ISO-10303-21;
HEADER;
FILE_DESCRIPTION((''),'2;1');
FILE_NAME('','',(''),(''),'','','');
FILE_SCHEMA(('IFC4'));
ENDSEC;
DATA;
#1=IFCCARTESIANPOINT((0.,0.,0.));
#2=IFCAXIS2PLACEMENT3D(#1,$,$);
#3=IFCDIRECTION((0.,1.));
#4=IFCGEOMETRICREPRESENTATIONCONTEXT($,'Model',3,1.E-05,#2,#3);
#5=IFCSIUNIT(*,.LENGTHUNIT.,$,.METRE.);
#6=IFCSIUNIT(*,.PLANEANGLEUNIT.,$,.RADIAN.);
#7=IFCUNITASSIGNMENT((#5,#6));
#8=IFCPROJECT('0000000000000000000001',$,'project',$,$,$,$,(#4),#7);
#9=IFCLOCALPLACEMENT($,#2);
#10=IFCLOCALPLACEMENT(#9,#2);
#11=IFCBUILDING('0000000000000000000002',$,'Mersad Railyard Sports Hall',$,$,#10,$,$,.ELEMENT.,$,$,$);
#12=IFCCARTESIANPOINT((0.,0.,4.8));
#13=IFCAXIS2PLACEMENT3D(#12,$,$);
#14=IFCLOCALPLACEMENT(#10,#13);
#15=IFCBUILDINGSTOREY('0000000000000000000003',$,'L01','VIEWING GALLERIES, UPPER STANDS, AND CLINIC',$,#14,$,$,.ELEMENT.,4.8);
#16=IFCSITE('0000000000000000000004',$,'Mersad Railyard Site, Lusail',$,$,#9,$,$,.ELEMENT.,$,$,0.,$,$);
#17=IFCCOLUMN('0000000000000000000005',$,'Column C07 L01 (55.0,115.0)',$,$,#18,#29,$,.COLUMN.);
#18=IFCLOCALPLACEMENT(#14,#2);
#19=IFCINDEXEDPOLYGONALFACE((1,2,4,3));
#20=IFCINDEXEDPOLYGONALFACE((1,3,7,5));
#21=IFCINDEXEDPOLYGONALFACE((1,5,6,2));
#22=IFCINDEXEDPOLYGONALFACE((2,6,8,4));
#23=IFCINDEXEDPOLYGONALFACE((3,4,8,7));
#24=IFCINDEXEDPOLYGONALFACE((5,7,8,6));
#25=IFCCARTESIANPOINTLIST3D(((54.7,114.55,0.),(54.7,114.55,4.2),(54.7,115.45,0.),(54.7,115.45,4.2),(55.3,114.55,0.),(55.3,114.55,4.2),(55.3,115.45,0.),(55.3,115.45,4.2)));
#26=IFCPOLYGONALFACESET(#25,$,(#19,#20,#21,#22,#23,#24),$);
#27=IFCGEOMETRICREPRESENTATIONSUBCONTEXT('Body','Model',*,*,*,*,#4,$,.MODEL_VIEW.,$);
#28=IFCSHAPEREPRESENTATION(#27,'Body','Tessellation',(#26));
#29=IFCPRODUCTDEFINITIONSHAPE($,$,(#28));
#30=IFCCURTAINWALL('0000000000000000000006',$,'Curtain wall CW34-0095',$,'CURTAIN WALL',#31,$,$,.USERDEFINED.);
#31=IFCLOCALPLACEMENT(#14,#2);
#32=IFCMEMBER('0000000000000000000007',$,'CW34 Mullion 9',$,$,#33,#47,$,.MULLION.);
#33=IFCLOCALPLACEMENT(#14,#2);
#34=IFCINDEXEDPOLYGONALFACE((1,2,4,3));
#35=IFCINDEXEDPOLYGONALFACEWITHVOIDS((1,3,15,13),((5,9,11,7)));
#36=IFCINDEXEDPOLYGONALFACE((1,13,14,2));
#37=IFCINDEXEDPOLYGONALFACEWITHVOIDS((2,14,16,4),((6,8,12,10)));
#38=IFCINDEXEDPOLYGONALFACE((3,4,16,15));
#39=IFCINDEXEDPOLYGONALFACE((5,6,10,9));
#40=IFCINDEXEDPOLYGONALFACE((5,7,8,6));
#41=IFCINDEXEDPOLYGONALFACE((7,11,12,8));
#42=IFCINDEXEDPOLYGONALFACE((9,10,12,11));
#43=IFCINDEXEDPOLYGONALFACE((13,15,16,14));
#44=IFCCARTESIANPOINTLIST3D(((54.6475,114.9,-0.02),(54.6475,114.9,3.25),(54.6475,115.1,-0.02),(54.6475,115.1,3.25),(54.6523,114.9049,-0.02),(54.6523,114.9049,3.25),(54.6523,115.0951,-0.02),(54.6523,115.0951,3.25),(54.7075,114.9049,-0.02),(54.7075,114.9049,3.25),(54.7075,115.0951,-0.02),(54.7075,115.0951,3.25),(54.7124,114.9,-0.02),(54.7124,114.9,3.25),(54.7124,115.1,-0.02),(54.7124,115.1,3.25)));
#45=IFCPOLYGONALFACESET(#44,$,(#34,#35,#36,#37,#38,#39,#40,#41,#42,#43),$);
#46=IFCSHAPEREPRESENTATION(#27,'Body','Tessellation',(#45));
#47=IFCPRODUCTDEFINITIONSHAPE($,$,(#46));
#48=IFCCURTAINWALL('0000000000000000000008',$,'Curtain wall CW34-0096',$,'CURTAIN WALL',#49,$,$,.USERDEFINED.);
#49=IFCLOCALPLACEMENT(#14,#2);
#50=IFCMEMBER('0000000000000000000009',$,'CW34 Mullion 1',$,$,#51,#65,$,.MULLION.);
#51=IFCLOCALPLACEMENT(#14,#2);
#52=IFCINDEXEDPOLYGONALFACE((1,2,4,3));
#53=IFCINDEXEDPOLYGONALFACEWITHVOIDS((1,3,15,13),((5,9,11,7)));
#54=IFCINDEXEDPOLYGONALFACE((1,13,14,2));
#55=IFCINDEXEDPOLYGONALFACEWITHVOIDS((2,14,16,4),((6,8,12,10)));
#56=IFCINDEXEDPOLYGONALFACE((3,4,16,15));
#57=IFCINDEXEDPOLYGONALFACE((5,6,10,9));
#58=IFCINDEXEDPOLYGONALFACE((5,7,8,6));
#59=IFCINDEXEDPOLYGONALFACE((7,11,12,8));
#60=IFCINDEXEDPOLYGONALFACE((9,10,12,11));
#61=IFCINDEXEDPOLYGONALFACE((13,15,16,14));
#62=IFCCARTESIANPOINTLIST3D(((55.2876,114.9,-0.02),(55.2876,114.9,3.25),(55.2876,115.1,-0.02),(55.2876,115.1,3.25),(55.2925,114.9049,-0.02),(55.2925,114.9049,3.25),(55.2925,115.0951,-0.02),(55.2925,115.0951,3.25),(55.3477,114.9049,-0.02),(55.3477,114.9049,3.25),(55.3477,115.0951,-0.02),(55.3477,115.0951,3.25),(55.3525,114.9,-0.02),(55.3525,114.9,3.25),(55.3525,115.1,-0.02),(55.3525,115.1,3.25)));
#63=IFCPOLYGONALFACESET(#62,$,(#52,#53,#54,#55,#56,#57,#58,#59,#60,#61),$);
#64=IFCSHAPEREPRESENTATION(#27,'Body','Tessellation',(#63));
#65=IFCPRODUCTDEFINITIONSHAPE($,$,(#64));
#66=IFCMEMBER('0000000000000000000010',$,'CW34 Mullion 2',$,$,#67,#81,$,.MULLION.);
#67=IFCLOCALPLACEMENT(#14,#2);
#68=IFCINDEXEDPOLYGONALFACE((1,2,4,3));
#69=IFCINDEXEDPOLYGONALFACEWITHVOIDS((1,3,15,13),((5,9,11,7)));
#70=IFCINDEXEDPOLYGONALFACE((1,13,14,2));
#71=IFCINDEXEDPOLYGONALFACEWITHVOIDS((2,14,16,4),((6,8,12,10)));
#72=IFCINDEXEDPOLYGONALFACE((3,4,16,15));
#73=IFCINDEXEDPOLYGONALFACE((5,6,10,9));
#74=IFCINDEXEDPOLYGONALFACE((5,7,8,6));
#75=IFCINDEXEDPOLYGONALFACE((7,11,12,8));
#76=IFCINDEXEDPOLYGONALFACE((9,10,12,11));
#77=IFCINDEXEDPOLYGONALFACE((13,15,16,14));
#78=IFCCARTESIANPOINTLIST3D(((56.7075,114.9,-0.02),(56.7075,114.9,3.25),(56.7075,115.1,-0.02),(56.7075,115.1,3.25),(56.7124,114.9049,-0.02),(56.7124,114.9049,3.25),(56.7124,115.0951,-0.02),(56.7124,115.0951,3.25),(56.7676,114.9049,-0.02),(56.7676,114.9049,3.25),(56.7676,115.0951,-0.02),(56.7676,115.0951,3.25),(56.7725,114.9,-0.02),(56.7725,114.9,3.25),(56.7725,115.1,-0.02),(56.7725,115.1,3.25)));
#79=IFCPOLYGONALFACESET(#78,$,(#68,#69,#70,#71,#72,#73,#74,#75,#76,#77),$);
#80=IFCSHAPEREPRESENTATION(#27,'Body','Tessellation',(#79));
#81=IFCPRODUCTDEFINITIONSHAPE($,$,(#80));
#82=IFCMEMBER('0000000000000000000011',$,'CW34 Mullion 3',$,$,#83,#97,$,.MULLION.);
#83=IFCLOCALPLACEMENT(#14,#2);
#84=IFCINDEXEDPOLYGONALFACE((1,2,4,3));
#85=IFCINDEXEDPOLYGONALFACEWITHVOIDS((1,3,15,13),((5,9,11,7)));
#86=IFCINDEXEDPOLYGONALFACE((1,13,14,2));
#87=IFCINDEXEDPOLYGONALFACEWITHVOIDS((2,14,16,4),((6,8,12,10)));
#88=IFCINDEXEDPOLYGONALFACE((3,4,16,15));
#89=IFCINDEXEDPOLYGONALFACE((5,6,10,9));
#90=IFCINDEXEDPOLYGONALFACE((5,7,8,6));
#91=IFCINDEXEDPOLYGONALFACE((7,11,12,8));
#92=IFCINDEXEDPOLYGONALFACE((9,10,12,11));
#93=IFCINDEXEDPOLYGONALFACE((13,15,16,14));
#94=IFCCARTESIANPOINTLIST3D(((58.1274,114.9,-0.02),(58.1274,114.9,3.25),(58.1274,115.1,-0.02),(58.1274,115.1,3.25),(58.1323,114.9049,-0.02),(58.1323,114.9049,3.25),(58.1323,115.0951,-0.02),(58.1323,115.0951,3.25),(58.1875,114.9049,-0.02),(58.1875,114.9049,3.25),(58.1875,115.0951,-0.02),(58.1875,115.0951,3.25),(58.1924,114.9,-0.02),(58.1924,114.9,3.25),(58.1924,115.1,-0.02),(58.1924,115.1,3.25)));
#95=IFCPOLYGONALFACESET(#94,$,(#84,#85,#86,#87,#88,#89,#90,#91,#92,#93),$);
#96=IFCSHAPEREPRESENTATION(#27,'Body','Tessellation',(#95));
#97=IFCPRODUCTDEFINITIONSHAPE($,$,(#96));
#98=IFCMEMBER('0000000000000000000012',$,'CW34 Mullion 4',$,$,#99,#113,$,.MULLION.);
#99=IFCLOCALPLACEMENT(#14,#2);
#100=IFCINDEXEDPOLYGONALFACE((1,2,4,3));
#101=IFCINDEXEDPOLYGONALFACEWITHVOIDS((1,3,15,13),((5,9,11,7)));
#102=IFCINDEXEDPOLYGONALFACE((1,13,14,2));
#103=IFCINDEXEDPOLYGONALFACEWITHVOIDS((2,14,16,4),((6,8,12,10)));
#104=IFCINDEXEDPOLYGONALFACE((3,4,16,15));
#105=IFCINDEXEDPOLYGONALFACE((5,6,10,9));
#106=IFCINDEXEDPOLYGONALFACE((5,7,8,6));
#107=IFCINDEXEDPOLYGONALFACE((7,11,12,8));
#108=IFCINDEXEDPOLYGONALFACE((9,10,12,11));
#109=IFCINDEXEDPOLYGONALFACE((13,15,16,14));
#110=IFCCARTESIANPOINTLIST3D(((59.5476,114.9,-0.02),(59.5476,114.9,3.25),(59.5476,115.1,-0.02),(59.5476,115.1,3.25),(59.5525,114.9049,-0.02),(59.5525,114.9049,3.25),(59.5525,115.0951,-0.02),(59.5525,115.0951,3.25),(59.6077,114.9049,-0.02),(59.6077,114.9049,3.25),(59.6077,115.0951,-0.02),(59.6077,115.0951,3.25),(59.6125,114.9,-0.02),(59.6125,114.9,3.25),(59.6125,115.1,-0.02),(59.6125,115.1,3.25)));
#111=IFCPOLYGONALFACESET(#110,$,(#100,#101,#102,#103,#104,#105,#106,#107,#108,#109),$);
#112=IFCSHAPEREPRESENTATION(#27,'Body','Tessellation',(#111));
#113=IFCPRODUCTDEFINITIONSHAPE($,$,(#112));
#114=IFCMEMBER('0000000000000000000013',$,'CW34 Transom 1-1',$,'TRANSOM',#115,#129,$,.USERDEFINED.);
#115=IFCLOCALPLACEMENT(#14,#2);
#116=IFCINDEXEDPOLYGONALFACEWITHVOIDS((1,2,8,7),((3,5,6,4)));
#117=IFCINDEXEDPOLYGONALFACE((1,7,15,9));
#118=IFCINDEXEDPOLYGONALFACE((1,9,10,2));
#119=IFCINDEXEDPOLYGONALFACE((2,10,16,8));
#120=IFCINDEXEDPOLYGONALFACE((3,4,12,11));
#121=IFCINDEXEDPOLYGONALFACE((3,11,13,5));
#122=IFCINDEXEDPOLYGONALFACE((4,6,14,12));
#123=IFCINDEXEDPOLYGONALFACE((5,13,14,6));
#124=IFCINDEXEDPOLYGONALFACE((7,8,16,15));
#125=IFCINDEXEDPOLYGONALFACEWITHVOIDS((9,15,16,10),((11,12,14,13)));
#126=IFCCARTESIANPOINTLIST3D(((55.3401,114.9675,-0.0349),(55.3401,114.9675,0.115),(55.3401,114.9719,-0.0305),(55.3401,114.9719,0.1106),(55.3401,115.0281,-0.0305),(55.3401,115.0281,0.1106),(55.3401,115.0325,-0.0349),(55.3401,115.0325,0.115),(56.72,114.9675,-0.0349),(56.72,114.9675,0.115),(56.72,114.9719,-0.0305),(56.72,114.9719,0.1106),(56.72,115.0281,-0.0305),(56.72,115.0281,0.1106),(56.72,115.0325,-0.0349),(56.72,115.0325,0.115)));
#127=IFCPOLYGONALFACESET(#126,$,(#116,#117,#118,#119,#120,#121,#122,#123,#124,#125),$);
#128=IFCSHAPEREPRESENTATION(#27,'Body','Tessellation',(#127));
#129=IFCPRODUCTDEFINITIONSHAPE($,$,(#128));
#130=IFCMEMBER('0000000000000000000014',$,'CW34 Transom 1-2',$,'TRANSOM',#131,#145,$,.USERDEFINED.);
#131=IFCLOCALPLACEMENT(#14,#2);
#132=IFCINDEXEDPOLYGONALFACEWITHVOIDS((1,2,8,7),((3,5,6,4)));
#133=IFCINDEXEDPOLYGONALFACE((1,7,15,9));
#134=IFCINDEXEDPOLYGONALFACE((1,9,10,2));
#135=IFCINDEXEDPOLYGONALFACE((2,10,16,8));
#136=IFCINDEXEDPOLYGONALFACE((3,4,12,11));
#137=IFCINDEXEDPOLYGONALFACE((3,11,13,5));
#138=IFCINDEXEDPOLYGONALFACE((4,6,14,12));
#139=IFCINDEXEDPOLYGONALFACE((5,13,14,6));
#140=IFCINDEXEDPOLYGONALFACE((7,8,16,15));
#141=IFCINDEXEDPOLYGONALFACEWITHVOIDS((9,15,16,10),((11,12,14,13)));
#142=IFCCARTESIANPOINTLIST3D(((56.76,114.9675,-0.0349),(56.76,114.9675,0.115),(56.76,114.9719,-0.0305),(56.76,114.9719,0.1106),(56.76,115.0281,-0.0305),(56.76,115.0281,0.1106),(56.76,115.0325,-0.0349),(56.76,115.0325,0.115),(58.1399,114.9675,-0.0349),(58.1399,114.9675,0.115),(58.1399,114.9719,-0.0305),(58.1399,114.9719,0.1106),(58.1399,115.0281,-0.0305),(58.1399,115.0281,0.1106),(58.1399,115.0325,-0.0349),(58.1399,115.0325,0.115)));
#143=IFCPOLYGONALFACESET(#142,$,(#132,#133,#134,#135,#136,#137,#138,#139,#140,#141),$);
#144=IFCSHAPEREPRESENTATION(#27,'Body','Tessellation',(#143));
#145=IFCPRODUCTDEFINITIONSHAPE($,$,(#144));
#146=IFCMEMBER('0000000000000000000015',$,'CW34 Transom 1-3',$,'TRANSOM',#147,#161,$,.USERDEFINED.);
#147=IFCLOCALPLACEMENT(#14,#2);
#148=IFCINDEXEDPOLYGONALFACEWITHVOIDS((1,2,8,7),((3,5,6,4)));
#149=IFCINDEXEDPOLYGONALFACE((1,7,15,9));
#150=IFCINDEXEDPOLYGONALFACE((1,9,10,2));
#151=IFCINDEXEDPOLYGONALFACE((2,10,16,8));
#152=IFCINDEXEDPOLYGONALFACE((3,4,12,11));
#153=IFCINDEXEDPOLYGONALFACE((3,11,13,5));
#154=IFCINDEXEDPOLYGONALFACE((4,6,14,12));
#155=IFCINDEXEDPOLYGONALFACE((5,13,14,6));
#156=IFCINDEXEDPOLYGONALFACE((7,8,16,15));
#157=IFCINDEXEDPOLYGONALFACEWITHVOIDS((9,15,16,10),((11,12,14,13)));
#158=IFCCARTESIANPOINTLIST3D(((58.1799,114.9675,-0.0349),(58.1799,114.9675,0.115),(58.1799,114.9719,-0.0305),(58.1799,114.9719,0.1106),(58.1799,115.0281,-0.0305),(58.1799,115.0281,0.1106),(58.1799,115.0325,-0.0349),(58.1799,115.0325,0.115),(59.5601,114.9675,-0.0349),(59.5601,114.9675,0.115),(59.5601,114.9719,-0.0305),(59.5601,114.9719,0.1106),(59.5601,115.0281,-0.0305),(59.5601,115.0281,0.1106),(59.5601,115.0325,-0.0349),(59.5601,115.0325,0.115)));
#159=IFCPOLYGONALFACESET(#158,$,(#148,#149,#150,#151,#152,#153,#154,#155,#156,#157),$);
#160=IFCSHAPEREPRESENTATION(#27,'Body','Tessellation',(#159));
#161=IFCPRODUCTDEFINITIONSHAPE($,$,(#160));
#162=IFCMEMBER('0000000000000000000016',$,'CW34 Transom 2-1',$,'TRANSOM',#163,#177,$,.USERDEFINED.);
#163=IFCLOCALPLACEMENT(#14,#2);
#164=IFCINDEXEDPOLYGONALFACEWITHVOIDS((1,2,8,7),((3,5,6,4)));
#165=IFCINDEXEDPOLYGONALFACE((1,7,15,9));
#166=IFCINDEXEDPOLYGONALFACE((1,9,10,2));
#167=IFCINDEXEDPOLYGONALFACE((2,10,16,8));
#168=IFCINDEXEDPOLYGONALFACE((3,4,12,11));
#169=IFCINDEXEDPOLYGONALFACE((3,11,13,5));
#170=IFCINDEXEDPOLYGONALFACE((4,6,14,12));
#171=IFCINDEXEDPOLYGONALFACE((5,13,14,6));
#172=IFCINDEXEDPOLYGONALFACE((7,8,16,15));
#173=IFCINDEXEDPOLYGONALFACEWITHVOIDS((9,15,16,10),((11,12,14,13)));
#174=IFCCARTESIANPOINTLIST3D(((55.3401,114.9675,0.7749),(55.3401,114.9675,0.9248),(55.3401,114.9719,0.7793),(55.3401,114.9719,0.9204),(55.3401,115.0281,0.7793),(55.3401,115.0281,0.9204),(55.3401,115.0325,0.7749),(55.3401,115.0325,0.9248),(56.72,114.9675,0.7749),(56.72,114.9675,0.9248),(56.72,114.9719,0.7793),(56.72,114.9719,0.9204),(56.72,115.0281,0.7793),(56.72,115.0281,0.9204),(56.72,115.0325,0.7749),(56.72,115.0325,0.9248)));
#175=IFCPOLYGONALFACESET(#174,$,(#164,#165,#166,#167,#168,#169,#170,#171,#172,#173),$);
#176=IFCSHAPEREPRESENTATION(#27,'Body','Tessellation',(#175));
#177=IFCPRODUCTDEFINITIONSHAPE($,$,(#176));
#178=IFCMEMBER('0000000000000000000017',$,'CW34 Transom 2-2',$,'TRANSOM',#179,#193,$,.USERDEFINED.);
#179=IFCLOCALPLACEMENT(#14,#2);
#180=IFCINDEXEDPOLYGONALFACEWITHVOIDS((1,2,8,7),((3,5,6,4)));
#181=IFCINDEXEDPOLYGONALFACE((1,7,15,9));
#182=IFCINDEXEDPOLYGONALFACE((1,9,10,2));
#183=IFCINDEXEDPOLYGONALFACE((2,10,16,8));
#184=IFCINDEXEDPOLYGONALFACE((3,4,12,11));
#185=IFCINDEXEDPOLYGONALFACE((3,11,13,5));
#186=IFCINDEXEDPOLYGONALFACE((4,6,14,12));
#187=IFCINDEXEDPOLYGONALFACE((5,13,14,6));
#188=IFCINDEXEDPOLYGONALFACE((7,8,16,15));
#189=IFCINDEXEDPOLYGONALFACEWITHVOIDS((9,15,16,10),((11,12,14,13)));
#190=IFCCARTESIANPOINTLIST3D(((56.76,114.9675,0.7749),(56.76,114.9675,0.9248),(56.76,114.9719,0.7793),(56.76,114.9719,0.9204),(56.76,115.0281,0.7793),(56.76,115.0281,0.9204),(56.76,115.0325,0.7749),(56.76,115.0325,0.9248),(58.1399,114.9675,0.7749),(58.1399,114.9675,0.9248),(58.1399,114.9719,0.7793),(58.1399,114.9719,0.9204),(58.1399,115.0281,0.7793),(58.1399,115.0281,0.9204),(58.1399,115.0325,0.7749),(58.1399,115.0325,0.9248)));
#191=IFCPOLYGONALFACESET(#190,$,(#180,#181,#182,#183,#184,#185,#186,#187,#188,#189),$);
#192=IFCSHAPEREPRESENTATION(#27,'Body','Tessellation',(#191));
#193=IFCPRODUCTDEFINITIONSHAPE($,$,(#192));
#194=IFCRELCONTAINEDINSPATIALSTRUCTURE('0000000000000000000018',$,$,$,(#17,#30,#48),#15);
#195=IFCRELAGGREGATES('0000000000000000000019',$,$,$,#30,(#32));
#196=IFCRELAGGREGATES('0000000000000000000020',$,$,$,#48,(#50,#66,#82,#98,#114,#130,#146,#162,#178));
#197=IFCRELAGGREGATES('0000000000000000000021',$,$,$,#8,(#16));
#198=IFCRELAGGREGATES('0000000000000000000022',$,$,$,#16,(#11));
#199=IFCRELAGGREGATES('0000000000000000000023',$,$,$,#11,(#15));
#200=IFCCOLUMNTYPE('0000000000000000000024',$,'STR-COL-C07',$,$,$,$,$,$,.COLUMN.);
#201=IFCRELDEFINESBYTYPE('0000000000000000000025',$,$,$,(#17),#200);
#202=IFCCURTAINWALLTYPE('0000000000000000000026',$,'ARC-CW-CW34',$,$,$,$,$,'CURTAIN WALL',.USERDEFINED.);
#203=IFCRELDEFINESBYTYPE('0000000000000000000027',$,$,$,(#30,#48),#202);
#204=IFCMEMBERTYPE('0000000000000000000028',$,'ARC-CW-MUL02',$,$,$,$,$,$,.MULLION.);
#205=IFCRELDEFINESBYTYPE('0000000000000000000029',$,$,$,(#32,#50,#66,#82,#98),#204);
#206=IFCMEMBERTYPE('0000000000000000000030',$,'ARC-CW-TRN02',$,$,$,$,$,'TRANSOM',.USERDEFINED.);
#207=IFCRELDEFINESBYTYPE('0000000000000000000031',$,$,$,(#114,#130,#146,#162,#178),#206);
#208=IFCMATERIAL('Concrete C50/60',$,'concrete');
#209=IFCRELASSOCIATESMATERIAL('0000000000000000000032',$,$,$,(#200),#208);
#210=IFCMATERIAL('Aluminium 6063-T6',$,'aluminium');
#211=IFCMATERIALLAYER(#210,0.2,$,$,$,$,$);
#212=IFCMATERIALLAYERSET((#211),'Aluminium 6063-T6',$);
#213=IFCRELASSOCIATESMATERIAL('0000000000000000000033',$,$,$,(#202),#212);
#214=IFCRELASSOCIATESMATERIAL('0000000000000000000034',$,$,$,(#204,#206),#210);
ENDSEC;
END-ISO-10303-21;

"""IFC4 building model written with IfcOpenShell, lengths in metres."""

from ifc_helpers import new_model, si_unit, direction, frame, origin, origin_2d, place, context, subcontext, project, spatial, rectangle, hollow_rectangle, extrude, material, layer, layer_set, material_profile, profile_set, type_object, element, aggregate, save


model = new_model("IFC4")

# Units and contexts
model_context = context("Model", 3, precision=1e-05, world=origin(), true_north=direction((0.0, 1.0)))
body_context = subcontext(model_context, "Body", "Model", "MODEL_VIEW")
ifc_project = project(units=[si_unit("LENGTHUNIT", "METRE"), si_unit("PLANEANGLEUNIT", "RADIAN")], contexts=[model_context])

# Site, building, storey
site_placement = place(None, origin())
site = spatial("IfcSite", under=ifc_project, at=site_placement, Name="Mersad Railyard Site, Lusail", CompositionType="ELEMENT", RefElevation=0.0)
building_placement = place(site_placement, origin())
building = spatial("IfcBuilding", under=site, at=building_placement, Name="Mersad Railyard Sports Hall", CompositionType="ELEMENT")
storey_placement = place(building_placement, frame((0.0, 0.0, 4.8)))
storey = spatial("IfcBuildingStorey", under=building, at=storey_placement, Name="L01", Description="VIEWING GALLERIES, UPPER STANDS, AND CLINIC", CompositionType="ELEMENT", Elevation=4.8)

# Column
ifc_material_1 = material(Name="Concrete C50/60", Category="concrete")
ifc_material_profile_1 = material_profile(ifc_material_1, rectangle(XDim=0.6001, YDim=0.8999, at=origin_2d()), Name="RC 600x900")
ifc_profile_set_1 = profile_set([ifc_material_profile_1], Name="Concrete C50/60")
column_type = type_object("IfcColumnType", Name="STR-COL-C07", PredefinedType="COLUMN", material=ifc_profile_set_1)
column_placement = place(storey_placement, frame((55.0, 115.0, 0.0), z_axis=(0.0, 0.0, 1.0), x_axis=(1.0, 0.0, 0.0)))
element("IfcColumn", 1, at=column_placement, inside=storey, type_object=column_type, Name="Column C07 L01 (55.0,115.0)", PredefinedType="COLUMN", context=body_context, shape_type="SweptSolid", body=[
    extrude(rectangle(XDim=0.6001, YDim=0.8999, at=origin_2d()), origin(), (0.0, 0.0, 1.0), 4.2),
])

# Curtain wall, member
ifc_material_2 = material(Name="Aluminium 6063-T6", Category="aluminium")
ifc_layer_1 = layer(ifc_material_2, 0.2)
ifc_layer_set_1 = layer_set([ifc_layer_1], Name="Aluminium 6063-T6")
curtain_wall_type = type_object("IfcCurtainWallType", Name="ARC-CW-CW34", ElementType="CURTAIN WALL", PredefinedType="USERDEFINED", material=ifc_layer_set_1)
curtain_wall_1_placement = place(storey_placement, origin())
curtain_wall_1 = element("IfcCurtainWall", 2, at=curtain_wall_1_placement, inside=storey, type_object=curtain_wall_type, Name="Curtain wall CW34-0095", ObjectType="CURTAIN WALL", PredefinedType="USERDEFINED")
ifc_material_profile_2 = material_profile(ifc_material_2, hollow_rectangle(XDim=0.0649, YDim=0.2, WallThickness=0.0049, at=origin_2d()), Name="AL MULLION 65x200x5")
ifc_profile_set_2 = profile_set([ifc_material_profile_2], Name="Aluminium 6063-T6")
member_type_1 = type_object("IfcMemberType", Name="ARC-CW-MUL02", PredefinedType="MULLION", material=ifc_profile_set_2)
member_1_placement = place(storey_placement, frame((54.6799, 115.0, -0.02), z_axis=(0.0, 0.0, 1.0), x_axis=(1.0, 0.0, 0.0)))
member_1 = element("IfcMember", 3, at=member_1_placement, type_object=member_type_1, Name="CW34 Mullion 9", PredefinedType="MULLION", context=body_context, shape_type="SweptSolid", body=[
    extrude(hollow_rectangle(XDim=0.0649, YDim=0.2, WallThickness=0.0049, at=origin_2d()), origin(), (0.0, 0.0, 1.0), 3.27),
])

# Curtain wall, members
curtain_wall_2_placement = place(storey_placement, origin())
curtain_wall_2 = element("IfcCurtainWall", 4, at=curtain_wall_2_placement, inside=storey, type_object=curtain_wall_type, Name="Curtain wall CW34-0096", ObjectType="CURTAIN WALL", PredefinedType="USERDEFINED")
member_2_placement = place(storey_placement, frame((55.3201, 115.0, -0.02), z_axis=(0.0, 0.0, 1.0), x_axis=(1.0, 0.0, 0.0)))
member_2 = element("IfcMember", 5, at=member_2_placement, type_object=member_type_1, Name="CW34 Mullion 1", PredefinedType="MULLION", context=body_context, shape_type="SweptSolid", body=[
    extrude(hollow_rectangle(XDim=0.0649, YDim=0.2, WallThickness=0.0049, at=origin_2d()), origin(), (0.0, 0.0, 1.0), 3.27),
])
member_3_placement = place(storey_placement, frame((56.74, 115.0, -0.02), z_axis=(0.0, 0.0, 1.0), x_axis=(1.0, 0.0, 0.0)))
member_3 = element("IfcMember", 6, at=member_3_placement, type_object=member_type_1, Name="CW34 Mullion 2", PredefinedType="MULLION", context=body_context, shape_type="SweptSolid", body=[
    extrude(hollow_rectangle(XDim=0.0649, YDim=0.2, WallThickness=0.0049, at=origin_2d()), origin(), (0.0, 0.0, 1.0), 3.27),
])
member_4_placement = place(storey_placement, frame((58.1599, 115.0, -0.02), z_axis=(0.0, 0.0, 1.0), x_axis=(1.0, 0.0, 0.0)))
member_4 = element("IfcMember", 7, at=member_4_placement, type_object=member_type_1, Name="CW34 Mullion 3", PredefinedType="MULLION", context=body_context, shape_type="SweptSolid", body=[
    extrude(hollow_rectangle(XDim=0.0649, YDim=0.2, WallThickness=0.0049, at=origin_2d()), origin(), (0.0, 0.0, 1.0), 3.27),
])
member_5_placement = place(storey_placement, frame((59.5801, 115.0, -0.02), z_axis=(0.0, 0.0, 1.0), x_axis=(1.0, 0.0, 0.0)))
member_5 = element("IfcMember", 8, at=member_5_placement, type_object=member_type_1, Name="CW34 Mullion 4", PredefinedType="MULLION", context=body_context, shape_type="SweptSolid", body=[
    extrude(hollow_rectangle(XDim=0.0649, YDim=0.2, WallThickness=0.0049, at=origin_2d()), origin(), (0.0, 0.0, 1.0), 3.27),
])
ifc_material_profile_3 = material_profile(ifc_material_2, hollow_rectangle(XDim=0.0649, YDim=0.1499, WallThickness=0.0044, at=origin_2d()), Name="AL TRANSOM 65x150x4.5")
ifc_profile_set_3 = profile_set([ifc_material_profile_3], Name="Aluminium 6063-T6")
member_type_2 = type_object("IfcMemberType", Name="ARC-CW-TRN02", ElementType="TRANSOM", PredefinedType="USERDEFINED", material=ifc_profile_set_3)
member_6_placement = place(storey_placement, frame((55.3401, 115.0, 0.04), z_axis=(1.0, 0.0, 0.0), x_axis=(0.0, 1.0, 0.0)))
member_6 = element("IfcMember", 9, at=member_6_placement, type_object=member_type_2, Name="CW34 Transom 1-1", ObjectType="TRANSOM", PredefinedType="USERDEFINED", context=body_context, shape_type="SweptSolid", body=[
    extrude(hollow_rectangle(XDim=0.0649, YDim=0.1499, WallThickness=0.0044, at=origin_2d()), origin(), (0.0, 0.0, 1.0), 1.3799),
])
member_7_placement = place(storey_placement, frame((56.76, 115.0, 0.04), z_axis=(1.0, 0.0, 0.0), x_axis=(0.0, 1.0, 0.0)))
member_7 = element("IfcMember", 10, at=member_7_placement, type_object=member_type_2, Name="CW34 Transom 1-2", ObjectType="TRANSOM", PredefinedType="USERDEFINED", context=body_context, shape_type="SweptSolid", body=[
    extrude(hollow_rectangle(XDim=0.0649, YDim=0.1499, WallThickness=0.0044, at=origin_2d()), origin(), (0.0, 0.0, 1.0), 1.3799),
])
member_8_placement = place(storey_placement, frame((58.1799, 115.0, 0.04), z_axis=(1.0, 0.0, 0.0), x_axis=(0.0, 1.0, 0.0)))
member_8 = element("IfcMember", 11, at=member_8_placement, type_object=member_type_2, Name="CW34 Transom 1-3", ObjectType="TRANSOM", PredefinedType="USERDEFINED", context=body_context, shape_type="SweptSolid", body=[
    extrude(hollow_rectangle(XDim=0.0649, YDim=0.1499, WallThickness=0.0044, at=origin_2d()), origin(), (0.0, 0.0, 1.0), 1.3801),
])
member_9_placement = place(storey_placement, frame((55.3401, 115.0, 0.8499), z_axis=(1.0, 0.0, 0.0), x_axis=(0.0, 1.0, 0.0)))
member_9 = element("IfcMember", 12, at=member_9_placement, type_object=member_type_2, Name="CW34 Transom 2-1", ObjectType="TRANSOM", PredefinedType="USERDEFINED", context=body_context, shape_type="SweptSolid", body=[
    extrude(hollow_rectangle(XDim=0.0649, YDim=0.1499, WallThickness=0.0044, at=origin_2d()), origin(), (0.0, 0.0, 1.0), 1.3799),
])
member_10_placement = place(storey_placement, frame((56.76, 115.0, 0.8499), z_axis=(1.0, 0.0, 0.0), x_axis=(0.0, 1.0, 0.0)))
member_10 = element("IfcMember", 13, at=member_10_placement, type_object=member_type_2, Name="CW34 Transom 2-2", ObjectType="TRANSOM", PredefinedType="USERDEFINED", context=body_context, shape_type="SweptSolid", body=[
    extrude(hollow_rectangle(XDim=0.0649, YDim=0.1499, WallThickness=0.0044, at=origin_2d()), origin(), (0.0, 0.0, 1.0), 1.3799),
])

aggregate(curtain_wall_1, [member_1])
aggregate(curtain_wall_2, [member_2, member_3, member_4, member_5, member_6, member_7, member_8, member_9, member_10])

save(model, "model.ifc")
